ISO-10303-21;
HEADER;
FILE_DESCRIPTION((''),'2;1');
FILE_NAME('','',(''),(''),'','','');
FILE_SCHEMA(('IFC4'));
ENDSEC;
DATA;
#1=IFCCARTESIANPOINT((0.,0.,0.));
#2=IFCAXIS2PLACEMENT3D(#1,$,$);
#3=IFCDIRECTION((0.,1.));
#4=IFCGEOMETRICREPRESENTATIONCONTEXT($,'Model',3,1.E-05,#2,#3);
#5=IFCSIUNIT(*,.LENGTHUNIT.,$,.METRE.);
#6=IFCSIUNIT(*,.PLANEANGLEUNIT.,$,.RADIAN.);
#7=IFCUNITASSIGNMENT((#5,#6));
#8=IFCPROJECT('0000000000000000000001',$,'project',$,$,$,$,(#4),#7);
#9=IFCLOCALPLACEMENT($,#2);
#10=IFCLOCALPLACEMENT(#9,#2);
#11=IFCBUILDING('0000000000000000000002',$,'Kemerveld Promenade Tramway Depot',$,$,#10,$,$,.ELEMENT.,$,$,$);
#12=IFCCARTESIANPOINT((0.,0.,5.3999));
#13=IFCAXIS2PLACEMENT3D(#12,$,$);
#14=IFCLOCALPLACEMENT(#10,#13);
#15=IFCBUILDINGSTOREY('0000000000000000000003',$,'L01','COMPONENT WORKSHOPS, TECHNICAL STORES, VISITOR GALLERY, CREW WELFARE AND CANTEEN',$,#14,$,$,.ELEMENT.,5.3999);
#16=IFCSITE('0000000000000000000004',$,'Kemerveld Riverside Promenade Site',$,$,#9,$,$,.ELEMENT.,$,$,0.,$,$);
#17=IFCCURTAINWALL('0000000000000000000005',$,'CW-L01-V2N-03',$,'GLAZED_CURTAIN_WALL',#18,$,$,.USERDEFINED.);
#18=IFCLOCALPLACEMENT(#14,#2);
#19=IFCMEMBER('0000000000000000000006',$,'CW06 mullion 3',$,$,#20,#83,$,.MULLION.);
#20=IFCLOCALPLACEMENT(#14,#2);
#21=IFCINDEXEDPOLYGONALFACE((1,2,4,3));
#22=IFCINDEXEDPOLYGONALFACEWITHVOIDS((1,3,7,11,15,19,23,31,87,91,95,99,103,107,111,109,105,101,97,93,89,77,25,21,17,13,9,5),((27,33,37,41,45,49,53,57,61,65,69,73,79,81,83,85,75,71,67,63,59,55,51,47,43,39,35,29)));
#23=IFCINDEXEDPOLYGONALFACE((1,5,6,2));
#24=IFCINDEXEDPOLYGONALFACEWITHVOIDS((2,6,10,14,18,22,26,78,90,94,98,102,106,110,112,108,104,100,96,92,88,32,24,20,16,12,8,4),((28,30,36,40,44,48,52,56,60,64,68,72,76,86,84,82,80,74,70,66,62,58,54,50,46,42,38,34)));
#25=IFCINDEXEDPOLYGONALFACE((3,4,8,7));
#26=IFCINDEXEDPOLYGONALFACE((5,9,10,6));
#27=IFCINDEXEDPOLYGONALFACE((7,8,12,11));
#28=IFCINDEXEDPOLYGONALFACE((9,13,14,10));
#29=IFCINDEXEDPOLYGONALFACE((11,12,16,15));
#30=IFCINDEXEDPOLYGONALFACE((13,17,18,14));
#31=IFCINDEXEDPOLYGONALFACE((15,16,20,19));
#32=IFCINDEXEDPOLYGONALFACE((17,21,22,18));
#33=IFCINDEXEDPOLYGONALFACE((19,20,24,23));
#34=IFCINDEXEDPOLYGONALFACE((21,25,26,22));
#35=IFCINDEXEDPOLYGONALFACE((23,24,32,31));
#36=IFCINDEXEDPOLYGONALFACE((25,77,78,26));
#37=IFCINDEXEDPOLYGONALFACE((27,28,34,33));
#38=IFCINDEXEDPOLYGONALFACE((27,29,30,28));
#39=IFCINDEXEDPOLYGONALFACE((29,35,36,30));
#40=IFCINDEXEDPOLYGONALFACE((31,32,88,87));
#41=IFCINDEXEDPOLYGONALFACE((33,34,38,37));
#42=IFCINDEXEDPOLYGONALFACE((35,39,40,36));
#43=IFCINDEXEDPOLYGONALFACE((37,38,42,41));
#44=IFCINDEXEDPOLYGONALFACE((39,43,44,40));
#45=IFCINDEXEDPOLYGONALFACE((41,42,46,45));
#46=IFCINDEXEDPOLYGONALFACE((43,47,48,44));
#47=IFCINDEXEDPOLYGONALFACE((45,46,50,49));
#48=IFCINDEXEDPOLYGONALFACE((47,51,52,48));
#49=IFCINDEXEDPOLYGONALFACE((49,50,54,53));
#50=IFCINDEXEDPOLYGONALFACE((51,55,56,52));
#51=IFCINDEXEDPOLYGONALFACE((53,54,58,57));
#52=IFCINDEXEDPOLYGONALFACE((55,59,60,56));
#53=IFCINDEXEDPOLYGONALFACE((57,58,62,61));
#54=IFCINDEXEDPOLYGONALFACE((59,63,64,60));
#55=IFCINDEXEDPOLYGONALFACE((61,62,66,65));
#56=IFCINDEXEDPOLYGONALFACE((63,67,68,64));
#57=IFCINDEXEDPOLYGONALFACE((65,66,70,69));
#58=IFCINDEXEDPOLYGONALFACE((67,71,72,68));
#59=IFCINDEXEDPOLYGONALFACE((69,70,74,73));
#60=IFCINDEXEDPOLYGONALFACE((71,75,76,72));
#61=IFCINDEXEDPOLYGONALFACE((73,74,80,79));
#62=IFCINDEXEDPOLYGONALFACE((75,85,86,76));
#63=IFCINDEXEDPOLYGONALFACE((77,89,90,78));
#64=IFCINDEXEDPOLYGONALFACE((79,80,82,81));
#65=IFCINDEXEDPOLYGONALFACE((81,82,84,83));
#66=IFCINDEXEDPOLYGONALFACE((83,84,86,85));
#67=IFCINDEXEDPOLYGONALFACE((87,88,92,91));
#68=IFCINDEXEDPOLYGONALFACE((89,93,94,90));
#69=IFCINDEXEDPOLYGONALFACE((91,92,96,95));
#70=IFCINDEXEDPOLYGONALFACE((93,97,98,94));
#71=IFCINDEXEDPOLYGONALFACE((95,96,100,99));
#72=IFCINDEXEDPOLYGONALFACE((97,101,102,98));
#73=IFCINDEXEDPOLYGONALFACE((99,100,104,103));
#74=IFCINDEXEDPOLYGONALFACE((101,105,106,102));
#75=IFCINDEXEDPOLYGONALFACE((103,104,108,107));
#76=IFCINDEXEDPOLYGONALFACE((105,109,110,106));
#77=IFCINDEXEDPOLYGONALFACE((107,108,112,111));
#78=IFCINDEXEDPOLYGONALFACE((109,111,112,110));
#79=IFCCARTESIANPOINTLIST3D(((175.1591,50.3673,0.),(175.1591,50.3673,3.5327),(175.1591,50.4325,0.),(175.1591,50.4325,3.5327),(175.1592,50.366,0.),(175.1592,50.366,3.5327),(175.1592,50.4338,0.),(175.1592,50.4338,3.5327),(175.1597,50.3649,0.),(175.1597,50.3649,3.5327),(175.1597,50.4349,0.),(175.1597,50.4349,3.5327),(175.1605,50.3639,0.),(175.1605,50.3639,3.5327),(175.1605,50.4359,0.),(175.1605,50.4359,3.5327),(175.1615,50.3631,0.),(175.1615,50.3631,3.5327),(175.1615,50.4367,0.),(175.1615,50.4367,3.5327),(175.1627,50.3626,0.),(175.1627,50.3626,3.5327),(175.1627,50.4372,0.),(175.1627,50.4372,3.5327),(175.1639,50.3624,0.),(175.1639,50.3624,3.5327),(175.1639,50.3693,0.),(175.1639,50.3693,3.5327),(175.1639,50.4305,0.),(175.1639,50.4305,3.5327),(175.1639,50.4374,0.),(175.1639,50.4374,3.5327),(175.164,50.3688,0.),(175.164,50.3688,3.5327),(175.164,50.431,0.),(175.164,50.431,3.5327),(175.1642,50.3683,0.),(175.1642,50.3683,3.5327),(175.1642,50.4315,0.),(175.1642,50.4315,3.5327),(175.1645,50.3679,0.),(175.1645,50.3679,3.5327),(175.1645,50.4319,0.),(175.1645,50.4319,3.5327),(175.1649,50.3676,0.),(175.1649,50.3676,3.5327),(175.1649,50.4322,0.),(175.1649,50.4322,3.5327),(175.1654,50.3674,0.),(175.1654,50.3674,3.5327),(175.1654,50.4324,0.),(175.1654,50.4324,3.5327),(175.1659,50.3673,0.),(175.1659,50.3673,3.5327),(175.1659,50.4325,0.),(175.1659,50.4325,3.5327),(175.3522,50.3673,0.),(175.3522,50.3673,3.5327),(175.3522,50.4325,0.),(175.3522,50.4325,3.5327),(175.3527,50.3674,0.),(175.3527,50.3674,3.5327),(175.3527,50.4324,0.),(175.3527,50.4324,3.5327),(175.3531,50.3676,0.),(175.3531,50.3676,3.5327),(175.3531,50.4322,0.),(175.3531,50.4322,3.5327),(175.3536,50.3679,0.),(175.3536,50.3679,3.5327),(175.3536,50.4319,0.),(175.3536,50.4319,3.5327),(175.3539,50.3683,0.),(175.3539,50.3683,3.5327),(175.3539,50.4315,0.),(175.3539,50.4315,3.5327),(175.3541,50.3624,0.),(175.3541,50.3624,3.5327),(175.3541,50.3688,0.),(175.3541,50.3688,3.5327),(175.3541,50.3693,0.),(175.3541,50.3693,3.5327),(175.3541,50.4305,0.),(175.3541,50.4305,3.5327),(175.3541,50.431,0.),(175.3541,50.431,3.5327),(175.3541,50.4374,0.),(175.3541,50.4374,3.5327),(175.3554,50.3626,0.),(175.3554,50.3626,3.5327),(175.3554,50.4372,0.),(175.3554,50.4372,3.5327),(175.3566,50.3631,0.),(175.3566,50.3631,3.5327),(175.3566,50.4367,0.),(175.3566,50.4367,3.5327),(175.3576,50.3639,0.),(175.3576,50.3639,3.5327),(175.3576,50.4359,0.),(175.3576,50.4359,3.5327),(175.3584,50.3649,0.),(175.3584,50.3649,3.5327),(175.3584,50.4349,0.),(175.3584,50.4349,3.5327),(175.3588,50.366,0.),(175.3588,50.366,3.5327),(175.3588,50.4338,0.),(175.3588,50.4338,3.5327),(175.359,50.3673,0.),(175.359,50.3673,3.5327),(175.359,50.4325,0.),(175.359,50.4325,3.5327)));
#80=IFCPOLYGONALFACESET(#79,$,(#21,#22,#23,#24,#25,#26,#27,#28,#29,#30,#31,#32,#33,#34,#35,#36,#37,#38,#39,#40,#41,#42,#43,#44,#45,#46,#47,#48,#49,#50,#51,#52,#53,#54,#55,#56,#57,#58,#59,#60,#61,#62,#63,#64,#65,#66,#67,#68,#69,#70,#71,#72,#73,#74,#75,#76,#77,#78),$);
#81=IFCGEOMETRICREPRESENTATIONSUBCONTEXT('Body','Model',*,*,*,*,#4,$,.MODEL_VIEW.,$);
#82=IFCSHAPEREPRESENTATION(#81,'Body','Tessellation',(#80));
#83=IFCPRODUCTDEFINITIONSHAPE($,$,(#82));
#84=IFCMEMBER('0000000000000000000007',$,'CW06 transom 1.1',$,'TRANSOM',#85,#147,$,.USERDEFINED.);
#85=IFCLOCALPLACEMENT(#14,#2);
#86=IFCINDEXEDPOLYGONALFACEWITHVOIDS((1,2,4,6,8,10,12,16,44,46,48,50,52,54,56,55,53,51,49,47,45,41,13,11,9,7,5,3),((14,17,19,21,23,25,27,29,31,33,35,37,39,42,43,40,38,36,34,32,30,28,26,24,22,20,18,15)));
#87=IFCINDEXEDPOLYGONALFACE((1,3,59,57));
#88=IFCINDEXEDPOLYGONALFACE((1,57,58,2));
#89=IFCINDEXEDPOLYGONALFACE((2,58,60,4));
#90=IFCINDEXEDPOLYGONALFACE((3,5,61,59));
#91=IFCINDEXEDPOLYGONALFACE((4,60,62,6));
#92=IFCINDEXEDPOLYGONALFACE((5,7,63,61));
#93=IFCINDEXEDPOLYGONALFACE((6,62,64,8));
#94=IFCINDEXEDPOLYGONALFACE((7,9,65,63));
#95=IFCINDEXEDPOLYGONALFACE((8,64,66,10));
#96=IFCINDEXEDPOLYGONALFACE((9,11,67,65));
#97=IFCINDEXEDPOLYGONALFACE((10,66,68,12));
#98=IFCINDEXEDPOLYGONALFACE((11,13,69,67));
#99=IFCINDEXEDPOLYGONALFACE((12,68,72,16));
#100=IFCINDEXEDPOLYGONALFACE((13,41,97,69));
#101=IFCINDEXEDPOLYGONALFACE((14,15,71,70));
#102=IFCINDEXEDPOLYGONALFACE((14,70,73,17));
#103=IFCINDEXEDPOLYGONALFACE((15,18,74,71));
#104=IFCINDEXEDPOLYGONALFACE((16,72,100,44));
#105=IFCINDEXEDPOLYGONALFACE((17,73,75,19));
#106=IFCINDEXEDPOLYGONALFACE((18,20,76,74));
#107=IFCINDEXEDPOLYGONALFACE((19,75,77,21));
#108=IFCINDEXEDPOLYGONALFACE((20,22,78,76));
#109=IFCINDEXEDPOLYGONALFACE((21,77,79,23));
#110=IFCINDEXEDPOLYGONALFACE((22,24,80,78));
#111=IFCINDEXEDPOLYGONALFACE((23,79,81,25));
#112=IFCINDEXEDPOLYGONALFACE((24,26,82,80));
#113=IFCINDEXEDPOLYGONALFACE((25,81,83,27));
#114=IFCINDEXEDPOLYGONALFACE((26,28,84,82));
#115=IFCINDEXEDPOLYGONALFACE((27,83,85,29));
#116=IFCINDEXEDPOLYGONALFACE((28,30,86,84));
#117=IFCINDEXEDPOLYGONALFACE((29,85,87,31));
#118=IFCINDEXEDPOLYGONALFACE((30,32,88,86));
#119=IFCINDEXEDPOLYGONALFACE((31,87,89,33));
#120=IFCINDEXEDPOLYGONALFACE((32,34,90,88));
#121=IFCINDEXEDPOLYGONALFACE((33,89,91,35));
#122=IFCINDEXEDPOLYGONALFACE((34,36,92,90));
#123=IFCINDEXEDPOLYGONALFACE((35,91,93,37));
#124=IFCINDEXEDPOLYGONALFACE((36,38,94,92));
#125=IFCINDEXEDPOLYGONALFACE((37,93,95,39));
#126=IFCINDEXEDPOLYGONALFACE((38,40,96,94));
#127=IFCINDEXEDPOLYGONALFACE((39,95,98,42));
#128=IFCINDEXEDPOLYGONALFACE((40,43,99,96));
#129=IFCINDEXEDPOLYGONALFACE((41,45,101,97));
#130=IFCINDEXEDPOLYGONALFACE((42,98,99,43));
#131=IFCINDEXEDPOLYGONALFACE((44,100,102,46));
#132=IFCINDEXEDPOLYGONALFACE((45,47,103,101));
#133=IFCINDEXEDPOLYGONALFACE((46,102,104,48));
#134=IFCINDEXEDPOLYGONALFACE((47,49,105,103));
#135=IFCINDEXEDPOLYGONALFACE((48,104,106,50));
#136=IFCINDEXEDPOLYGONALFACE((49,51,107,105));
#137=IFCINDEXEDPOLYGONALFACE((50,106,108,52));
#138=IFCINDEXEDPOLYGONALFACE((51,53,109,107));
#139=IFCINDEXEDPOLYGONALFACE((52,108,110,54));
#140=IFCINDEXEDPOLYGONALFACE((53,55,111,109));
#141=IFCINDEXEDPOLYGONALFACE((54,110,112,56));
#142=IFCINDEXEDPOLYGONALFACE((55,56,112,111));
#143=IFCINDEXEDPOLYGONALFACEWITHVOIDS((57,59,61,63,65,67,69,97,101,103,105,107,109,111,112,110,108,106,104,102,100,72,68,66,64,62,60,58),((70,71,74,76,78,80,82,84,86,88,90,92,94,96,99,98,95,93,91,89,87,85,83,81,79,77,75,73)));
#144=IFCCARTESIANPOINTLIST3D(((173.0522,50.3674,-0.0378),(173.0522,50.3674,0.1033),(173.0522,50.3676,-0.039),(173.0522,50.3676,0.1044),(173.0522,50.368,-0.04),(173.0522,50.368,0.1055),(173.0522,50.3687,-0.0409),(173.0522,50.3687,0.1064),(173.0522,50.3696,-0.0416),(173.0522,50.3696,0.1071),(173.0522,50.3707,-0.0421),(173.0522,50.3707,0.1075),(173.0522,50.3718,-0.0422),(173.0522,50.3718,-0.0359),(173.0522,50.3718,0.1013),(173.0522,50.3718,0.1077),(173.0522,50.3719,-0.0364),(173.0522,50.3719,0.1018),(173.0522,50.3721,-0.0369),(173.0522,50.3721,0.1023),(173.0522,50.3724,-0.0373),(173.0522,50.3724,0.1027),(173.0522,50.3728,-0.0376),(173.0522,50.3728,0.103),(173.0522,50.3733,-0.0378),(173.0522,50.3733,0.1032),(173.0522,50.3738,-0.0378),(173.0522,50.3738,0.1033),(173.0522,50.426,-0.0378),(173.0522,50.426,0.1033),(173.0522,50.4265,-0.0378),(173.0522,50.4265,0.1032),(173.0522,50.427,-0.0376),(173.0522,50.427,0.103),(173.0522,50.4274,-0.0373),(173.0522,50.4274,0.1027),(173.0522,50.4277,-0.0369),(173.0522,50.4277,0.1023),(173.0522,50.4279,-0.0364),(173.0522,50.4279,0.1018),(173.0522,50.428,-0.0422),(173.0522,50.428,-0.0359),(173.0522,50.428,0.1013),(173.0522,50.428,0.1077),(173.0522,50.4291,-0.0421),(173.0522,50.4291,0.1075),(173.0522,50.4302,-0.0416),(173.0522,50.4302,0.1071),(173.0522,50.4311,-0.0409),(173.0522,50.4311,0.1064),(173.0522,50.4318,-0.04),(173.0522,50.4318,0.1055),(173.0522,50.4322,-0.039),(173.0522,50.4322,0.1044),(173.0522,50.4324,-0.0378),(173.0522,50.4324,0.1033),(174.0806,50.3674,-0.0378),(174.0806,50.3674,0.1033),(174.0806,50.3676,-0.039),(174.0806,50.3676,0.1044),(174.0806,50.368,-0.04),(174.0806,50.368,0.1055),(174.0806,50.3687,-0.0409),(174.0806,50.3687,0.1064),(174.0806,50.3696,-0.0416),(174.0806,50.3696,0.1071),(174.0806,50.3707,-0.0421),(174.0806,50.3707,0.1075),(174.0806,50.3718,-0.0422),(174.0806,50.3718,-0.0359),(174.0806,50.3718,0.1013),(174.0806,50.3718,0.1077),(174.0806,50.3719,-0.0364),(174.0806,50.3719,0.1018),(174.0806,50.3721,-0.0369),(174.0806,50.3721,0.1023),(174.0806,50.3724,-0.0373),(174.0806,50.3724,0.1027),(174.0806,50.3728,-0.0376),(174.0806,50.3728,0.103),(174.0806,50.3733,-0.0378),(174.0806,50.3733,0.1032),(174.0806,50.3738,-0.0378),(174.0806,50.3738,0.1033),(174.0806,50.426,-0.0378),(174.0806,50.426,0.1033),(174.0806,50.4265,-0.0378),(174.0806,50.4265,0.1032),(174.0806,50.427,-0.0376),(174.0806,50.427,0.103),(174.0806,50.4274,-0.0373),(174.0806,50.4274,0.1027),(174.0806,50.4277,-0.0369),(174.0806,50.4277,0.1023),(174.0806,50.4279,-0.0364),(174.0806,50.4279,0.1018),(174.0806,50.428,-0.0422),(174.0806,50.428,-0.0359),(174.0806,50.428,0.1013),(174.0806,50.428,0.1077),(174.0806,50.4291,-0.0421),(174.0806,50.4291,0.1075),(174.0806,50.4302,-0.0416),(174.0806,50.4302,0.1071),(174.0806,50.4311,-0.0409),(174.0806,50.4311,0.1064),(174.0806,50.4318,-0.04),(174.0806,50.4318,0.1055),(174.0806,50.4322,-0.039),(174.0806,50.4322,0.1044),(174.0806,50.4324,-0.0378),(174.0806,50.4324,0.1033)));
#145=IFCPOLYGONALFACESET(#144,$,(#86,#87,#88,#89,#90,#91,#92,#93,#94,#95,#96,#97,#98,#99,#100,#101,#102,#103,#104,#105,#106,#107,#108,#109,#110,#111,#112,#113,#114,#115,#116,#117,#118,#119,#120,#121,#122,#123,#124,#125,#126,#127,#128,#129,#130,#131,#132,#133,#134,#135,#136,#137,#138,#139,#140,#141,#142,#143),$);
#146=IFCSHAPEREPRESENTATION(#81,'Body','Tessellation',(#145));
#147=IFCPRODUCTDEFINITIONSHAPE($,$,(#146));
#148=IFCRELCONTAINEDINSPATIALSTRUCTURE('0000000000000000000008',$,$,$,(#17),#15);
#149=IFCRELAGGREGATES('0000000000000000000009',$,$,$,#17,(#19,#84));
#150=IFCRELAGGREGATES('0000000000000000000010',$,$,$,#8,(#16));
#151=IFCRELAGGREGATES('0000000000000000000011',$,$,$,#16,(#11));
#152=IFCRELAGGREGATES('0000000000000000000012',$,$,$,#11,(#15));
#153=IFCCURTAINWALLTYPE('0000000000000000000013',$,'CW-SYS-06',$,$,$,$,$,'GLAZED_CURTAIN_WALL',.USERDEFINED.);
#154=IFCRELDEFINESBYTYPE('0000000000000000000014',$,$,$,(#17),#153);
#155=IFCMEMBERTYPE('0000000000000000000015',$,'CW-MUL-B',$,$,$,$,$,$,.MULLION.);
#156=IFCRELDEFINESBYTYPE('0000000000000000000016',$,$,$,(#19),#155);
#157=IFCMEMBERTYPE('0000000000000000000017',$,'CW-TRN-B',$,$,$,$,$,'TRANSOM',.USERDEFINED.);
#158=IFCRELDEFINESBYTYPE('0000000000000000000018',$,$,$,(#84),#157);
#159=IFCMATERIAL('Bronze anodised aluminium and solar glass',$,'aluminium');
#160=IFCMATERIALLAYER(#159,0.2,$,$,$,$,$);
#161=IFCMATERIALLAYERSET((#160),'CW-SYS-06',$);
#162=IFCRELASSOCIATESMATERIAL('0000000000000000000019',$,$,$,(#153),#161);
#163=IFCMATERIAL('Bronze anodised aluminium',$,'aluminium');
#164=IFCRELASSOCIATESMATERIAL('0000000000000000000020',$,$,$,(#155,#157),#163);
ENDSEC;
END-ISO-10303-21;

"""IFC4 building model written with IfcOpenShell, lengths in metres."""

from ifc_helpers import new_model, si_unit, direction, frame, origin, origin_2d, place, context, subcontext, project, spatial, hollow_rectangle, extrude, material, layer, layer_set, material_profile, profile_set, type_object, element, aggregate, save


model = new_model("IFC4")

# Units and contexts
model_context = context("Model", 3, precision=1e-05, world=origin(), true_north=direction((0.0, 1.0)))
body_context = subcontext(model_context, "Body", "Model", "MODEL_VIEW")
ifc_project = project(units=[si_unit("LENGTHUNIT", "METRE"), si_unit("PLANEANGLEUNIT", "RADIAN")], contexts=[model_context])

# Site, building, storey
site_placement = place(None, origin())
site = spatial("IfcSite", under=ifc_project, at=site_placement, Name="Kemerveld Riverside Promenade Site", CompositionType="ELEMENT", RefElevation=0.0)
building_placement = place(site_placement, origin())
building = spatial("IfcBuilding", under=site, at=building_placement, Name="Kemerveld Promenade Tramway Depot", CompositionType="ELEMENT")
storey_placement = place(building_placement, frame((0.0, 0.0, 5.3999)))
storey = spatial("IfcBuildingStorey", under=building, at=storey_placement, Name="L01", Description="COMPONENT WORKSHOPS, TECHNICAL STORES, VISITOR GALLERY, CREW WELFARE AND CANTEEN", CompositionType="ELEMENT", Elevation=5.3999)

# Curtain wall, members
ifc_material_1 = material(Name="Bronze anodised aluminium and solar glass", Category="aluminium")
ifc_layer_1 = layer(ifc_material_1, 0.2)
ifc_layer_set_1 = layer_set([ifc_layer_1], Name="CW-SYS-06")
curtain_wall_type = type_object("IfcCurtainWallType", Name="CW-SYS-06", ElementType="GLAZED_CURTAIN_WALL", PredefinedType="USERDEFINED", material=ifc_layer_set_1)
curtain_wall_placement = place(storey_placement, origin())
curtain_wall = element("IfcCurtainWall", 1, at=curtain_wall_placement, inside=storey, type_object=curtain_wall_type, Name="CW-L01-V2N-03", ObjectType="GLAZED_CURTAIN_WALL", PredefinedType="USERDEFINED")
ifc_material_2 = material(Name="Bronze anodised aluminium", Category="aluminium")
ifc_material_profile_1 = material_profile(ifc_material_2, hollow_rectangle(XDim=0.075, YDim=0.2, WallThickness=0.0049, InnerFilletRadius=0.002, OuterFilletRadius=0.0049, at=origin_2d()), Name="CW-MUL-200x75")
ifc_profile_set_1 = profile_set([ifc_material_profile_1], Name="Bronze anodised aluminium")
member_type_1 = type_object("IfcMemberType", Name="CW-MUL-B", PredefinedType="MULLION", material=ifc_profile_set_1)
member_1_placement = place(storey_placement, frame((175.259, 50.3999, 0.0), z_axis=(0.0, 0.0, 1.0), x_axis=(0.0, 1.0, 0.0)))
member_1 = element("IfcMember", 2, at=member_1_placement, type_object=member_type_1, Name="CW06 mullion 3", PredefinedType="MULLION", context=body_context, shape_type="SweptSolid", body=[
    extrude(hollow_rectangle(XDim=0.075, YDim=0.2, WallThickness=0.0049, InnerFilletRadius=0.002, OuterFilletRadius=0.0049, at=origin_2d()), origin(), (0.0, 0.0, 1.0), 3.5327),
])
ifc_material_profile_2 = material_profile(ifc_material_2, hollow_rectangle(XDim=0.0649, YDim=0.1499, WallThickness=0.0044, InnerFilletRadius=0.002, OuterFilletRadius=0.0044, at=origin_2d()), Name="CW-TRN-150x65")
ifc_profile_set_2 = profile_set([ifc_material_profile_2], Name="Bronze anodised aluminium")
member_type_2 = type_object("IfcMemberType", Name="CW-TRN-B", ElementType="TRANSOM", PredefinedType="USERDEFINED", material=ifc_profile_set_2)
member_2_placement = place(storey_placement, frame((173.0522, 50.3999, 0.0327), z_axis=(1.0, 0.0, 0.0), x_axis=(0.0, 1.0, 0.0)))
member_2 = element("IfcMember", 3, at=member_2_placement, type_object=member_type_2, Name="CW06 transom 1.1", ObjectType="TRANSOM", PredefinedType="USERDEFINED", context=body_context, shape_type="SweptSolid", body=[
    extrude(hollow_rectangle(XDim=0.0649, YDim=0.1499, WallThickness=0.0044, InnerFilletRadius=0.002, OuterFilletRadius=0.0044, at=origin_2d()), origin(), (0.0, 0.0, 1.0), 1.0283),
])

aggregate(curtain_wall, [member_1, member_2])

save(model, "model.ifc")
